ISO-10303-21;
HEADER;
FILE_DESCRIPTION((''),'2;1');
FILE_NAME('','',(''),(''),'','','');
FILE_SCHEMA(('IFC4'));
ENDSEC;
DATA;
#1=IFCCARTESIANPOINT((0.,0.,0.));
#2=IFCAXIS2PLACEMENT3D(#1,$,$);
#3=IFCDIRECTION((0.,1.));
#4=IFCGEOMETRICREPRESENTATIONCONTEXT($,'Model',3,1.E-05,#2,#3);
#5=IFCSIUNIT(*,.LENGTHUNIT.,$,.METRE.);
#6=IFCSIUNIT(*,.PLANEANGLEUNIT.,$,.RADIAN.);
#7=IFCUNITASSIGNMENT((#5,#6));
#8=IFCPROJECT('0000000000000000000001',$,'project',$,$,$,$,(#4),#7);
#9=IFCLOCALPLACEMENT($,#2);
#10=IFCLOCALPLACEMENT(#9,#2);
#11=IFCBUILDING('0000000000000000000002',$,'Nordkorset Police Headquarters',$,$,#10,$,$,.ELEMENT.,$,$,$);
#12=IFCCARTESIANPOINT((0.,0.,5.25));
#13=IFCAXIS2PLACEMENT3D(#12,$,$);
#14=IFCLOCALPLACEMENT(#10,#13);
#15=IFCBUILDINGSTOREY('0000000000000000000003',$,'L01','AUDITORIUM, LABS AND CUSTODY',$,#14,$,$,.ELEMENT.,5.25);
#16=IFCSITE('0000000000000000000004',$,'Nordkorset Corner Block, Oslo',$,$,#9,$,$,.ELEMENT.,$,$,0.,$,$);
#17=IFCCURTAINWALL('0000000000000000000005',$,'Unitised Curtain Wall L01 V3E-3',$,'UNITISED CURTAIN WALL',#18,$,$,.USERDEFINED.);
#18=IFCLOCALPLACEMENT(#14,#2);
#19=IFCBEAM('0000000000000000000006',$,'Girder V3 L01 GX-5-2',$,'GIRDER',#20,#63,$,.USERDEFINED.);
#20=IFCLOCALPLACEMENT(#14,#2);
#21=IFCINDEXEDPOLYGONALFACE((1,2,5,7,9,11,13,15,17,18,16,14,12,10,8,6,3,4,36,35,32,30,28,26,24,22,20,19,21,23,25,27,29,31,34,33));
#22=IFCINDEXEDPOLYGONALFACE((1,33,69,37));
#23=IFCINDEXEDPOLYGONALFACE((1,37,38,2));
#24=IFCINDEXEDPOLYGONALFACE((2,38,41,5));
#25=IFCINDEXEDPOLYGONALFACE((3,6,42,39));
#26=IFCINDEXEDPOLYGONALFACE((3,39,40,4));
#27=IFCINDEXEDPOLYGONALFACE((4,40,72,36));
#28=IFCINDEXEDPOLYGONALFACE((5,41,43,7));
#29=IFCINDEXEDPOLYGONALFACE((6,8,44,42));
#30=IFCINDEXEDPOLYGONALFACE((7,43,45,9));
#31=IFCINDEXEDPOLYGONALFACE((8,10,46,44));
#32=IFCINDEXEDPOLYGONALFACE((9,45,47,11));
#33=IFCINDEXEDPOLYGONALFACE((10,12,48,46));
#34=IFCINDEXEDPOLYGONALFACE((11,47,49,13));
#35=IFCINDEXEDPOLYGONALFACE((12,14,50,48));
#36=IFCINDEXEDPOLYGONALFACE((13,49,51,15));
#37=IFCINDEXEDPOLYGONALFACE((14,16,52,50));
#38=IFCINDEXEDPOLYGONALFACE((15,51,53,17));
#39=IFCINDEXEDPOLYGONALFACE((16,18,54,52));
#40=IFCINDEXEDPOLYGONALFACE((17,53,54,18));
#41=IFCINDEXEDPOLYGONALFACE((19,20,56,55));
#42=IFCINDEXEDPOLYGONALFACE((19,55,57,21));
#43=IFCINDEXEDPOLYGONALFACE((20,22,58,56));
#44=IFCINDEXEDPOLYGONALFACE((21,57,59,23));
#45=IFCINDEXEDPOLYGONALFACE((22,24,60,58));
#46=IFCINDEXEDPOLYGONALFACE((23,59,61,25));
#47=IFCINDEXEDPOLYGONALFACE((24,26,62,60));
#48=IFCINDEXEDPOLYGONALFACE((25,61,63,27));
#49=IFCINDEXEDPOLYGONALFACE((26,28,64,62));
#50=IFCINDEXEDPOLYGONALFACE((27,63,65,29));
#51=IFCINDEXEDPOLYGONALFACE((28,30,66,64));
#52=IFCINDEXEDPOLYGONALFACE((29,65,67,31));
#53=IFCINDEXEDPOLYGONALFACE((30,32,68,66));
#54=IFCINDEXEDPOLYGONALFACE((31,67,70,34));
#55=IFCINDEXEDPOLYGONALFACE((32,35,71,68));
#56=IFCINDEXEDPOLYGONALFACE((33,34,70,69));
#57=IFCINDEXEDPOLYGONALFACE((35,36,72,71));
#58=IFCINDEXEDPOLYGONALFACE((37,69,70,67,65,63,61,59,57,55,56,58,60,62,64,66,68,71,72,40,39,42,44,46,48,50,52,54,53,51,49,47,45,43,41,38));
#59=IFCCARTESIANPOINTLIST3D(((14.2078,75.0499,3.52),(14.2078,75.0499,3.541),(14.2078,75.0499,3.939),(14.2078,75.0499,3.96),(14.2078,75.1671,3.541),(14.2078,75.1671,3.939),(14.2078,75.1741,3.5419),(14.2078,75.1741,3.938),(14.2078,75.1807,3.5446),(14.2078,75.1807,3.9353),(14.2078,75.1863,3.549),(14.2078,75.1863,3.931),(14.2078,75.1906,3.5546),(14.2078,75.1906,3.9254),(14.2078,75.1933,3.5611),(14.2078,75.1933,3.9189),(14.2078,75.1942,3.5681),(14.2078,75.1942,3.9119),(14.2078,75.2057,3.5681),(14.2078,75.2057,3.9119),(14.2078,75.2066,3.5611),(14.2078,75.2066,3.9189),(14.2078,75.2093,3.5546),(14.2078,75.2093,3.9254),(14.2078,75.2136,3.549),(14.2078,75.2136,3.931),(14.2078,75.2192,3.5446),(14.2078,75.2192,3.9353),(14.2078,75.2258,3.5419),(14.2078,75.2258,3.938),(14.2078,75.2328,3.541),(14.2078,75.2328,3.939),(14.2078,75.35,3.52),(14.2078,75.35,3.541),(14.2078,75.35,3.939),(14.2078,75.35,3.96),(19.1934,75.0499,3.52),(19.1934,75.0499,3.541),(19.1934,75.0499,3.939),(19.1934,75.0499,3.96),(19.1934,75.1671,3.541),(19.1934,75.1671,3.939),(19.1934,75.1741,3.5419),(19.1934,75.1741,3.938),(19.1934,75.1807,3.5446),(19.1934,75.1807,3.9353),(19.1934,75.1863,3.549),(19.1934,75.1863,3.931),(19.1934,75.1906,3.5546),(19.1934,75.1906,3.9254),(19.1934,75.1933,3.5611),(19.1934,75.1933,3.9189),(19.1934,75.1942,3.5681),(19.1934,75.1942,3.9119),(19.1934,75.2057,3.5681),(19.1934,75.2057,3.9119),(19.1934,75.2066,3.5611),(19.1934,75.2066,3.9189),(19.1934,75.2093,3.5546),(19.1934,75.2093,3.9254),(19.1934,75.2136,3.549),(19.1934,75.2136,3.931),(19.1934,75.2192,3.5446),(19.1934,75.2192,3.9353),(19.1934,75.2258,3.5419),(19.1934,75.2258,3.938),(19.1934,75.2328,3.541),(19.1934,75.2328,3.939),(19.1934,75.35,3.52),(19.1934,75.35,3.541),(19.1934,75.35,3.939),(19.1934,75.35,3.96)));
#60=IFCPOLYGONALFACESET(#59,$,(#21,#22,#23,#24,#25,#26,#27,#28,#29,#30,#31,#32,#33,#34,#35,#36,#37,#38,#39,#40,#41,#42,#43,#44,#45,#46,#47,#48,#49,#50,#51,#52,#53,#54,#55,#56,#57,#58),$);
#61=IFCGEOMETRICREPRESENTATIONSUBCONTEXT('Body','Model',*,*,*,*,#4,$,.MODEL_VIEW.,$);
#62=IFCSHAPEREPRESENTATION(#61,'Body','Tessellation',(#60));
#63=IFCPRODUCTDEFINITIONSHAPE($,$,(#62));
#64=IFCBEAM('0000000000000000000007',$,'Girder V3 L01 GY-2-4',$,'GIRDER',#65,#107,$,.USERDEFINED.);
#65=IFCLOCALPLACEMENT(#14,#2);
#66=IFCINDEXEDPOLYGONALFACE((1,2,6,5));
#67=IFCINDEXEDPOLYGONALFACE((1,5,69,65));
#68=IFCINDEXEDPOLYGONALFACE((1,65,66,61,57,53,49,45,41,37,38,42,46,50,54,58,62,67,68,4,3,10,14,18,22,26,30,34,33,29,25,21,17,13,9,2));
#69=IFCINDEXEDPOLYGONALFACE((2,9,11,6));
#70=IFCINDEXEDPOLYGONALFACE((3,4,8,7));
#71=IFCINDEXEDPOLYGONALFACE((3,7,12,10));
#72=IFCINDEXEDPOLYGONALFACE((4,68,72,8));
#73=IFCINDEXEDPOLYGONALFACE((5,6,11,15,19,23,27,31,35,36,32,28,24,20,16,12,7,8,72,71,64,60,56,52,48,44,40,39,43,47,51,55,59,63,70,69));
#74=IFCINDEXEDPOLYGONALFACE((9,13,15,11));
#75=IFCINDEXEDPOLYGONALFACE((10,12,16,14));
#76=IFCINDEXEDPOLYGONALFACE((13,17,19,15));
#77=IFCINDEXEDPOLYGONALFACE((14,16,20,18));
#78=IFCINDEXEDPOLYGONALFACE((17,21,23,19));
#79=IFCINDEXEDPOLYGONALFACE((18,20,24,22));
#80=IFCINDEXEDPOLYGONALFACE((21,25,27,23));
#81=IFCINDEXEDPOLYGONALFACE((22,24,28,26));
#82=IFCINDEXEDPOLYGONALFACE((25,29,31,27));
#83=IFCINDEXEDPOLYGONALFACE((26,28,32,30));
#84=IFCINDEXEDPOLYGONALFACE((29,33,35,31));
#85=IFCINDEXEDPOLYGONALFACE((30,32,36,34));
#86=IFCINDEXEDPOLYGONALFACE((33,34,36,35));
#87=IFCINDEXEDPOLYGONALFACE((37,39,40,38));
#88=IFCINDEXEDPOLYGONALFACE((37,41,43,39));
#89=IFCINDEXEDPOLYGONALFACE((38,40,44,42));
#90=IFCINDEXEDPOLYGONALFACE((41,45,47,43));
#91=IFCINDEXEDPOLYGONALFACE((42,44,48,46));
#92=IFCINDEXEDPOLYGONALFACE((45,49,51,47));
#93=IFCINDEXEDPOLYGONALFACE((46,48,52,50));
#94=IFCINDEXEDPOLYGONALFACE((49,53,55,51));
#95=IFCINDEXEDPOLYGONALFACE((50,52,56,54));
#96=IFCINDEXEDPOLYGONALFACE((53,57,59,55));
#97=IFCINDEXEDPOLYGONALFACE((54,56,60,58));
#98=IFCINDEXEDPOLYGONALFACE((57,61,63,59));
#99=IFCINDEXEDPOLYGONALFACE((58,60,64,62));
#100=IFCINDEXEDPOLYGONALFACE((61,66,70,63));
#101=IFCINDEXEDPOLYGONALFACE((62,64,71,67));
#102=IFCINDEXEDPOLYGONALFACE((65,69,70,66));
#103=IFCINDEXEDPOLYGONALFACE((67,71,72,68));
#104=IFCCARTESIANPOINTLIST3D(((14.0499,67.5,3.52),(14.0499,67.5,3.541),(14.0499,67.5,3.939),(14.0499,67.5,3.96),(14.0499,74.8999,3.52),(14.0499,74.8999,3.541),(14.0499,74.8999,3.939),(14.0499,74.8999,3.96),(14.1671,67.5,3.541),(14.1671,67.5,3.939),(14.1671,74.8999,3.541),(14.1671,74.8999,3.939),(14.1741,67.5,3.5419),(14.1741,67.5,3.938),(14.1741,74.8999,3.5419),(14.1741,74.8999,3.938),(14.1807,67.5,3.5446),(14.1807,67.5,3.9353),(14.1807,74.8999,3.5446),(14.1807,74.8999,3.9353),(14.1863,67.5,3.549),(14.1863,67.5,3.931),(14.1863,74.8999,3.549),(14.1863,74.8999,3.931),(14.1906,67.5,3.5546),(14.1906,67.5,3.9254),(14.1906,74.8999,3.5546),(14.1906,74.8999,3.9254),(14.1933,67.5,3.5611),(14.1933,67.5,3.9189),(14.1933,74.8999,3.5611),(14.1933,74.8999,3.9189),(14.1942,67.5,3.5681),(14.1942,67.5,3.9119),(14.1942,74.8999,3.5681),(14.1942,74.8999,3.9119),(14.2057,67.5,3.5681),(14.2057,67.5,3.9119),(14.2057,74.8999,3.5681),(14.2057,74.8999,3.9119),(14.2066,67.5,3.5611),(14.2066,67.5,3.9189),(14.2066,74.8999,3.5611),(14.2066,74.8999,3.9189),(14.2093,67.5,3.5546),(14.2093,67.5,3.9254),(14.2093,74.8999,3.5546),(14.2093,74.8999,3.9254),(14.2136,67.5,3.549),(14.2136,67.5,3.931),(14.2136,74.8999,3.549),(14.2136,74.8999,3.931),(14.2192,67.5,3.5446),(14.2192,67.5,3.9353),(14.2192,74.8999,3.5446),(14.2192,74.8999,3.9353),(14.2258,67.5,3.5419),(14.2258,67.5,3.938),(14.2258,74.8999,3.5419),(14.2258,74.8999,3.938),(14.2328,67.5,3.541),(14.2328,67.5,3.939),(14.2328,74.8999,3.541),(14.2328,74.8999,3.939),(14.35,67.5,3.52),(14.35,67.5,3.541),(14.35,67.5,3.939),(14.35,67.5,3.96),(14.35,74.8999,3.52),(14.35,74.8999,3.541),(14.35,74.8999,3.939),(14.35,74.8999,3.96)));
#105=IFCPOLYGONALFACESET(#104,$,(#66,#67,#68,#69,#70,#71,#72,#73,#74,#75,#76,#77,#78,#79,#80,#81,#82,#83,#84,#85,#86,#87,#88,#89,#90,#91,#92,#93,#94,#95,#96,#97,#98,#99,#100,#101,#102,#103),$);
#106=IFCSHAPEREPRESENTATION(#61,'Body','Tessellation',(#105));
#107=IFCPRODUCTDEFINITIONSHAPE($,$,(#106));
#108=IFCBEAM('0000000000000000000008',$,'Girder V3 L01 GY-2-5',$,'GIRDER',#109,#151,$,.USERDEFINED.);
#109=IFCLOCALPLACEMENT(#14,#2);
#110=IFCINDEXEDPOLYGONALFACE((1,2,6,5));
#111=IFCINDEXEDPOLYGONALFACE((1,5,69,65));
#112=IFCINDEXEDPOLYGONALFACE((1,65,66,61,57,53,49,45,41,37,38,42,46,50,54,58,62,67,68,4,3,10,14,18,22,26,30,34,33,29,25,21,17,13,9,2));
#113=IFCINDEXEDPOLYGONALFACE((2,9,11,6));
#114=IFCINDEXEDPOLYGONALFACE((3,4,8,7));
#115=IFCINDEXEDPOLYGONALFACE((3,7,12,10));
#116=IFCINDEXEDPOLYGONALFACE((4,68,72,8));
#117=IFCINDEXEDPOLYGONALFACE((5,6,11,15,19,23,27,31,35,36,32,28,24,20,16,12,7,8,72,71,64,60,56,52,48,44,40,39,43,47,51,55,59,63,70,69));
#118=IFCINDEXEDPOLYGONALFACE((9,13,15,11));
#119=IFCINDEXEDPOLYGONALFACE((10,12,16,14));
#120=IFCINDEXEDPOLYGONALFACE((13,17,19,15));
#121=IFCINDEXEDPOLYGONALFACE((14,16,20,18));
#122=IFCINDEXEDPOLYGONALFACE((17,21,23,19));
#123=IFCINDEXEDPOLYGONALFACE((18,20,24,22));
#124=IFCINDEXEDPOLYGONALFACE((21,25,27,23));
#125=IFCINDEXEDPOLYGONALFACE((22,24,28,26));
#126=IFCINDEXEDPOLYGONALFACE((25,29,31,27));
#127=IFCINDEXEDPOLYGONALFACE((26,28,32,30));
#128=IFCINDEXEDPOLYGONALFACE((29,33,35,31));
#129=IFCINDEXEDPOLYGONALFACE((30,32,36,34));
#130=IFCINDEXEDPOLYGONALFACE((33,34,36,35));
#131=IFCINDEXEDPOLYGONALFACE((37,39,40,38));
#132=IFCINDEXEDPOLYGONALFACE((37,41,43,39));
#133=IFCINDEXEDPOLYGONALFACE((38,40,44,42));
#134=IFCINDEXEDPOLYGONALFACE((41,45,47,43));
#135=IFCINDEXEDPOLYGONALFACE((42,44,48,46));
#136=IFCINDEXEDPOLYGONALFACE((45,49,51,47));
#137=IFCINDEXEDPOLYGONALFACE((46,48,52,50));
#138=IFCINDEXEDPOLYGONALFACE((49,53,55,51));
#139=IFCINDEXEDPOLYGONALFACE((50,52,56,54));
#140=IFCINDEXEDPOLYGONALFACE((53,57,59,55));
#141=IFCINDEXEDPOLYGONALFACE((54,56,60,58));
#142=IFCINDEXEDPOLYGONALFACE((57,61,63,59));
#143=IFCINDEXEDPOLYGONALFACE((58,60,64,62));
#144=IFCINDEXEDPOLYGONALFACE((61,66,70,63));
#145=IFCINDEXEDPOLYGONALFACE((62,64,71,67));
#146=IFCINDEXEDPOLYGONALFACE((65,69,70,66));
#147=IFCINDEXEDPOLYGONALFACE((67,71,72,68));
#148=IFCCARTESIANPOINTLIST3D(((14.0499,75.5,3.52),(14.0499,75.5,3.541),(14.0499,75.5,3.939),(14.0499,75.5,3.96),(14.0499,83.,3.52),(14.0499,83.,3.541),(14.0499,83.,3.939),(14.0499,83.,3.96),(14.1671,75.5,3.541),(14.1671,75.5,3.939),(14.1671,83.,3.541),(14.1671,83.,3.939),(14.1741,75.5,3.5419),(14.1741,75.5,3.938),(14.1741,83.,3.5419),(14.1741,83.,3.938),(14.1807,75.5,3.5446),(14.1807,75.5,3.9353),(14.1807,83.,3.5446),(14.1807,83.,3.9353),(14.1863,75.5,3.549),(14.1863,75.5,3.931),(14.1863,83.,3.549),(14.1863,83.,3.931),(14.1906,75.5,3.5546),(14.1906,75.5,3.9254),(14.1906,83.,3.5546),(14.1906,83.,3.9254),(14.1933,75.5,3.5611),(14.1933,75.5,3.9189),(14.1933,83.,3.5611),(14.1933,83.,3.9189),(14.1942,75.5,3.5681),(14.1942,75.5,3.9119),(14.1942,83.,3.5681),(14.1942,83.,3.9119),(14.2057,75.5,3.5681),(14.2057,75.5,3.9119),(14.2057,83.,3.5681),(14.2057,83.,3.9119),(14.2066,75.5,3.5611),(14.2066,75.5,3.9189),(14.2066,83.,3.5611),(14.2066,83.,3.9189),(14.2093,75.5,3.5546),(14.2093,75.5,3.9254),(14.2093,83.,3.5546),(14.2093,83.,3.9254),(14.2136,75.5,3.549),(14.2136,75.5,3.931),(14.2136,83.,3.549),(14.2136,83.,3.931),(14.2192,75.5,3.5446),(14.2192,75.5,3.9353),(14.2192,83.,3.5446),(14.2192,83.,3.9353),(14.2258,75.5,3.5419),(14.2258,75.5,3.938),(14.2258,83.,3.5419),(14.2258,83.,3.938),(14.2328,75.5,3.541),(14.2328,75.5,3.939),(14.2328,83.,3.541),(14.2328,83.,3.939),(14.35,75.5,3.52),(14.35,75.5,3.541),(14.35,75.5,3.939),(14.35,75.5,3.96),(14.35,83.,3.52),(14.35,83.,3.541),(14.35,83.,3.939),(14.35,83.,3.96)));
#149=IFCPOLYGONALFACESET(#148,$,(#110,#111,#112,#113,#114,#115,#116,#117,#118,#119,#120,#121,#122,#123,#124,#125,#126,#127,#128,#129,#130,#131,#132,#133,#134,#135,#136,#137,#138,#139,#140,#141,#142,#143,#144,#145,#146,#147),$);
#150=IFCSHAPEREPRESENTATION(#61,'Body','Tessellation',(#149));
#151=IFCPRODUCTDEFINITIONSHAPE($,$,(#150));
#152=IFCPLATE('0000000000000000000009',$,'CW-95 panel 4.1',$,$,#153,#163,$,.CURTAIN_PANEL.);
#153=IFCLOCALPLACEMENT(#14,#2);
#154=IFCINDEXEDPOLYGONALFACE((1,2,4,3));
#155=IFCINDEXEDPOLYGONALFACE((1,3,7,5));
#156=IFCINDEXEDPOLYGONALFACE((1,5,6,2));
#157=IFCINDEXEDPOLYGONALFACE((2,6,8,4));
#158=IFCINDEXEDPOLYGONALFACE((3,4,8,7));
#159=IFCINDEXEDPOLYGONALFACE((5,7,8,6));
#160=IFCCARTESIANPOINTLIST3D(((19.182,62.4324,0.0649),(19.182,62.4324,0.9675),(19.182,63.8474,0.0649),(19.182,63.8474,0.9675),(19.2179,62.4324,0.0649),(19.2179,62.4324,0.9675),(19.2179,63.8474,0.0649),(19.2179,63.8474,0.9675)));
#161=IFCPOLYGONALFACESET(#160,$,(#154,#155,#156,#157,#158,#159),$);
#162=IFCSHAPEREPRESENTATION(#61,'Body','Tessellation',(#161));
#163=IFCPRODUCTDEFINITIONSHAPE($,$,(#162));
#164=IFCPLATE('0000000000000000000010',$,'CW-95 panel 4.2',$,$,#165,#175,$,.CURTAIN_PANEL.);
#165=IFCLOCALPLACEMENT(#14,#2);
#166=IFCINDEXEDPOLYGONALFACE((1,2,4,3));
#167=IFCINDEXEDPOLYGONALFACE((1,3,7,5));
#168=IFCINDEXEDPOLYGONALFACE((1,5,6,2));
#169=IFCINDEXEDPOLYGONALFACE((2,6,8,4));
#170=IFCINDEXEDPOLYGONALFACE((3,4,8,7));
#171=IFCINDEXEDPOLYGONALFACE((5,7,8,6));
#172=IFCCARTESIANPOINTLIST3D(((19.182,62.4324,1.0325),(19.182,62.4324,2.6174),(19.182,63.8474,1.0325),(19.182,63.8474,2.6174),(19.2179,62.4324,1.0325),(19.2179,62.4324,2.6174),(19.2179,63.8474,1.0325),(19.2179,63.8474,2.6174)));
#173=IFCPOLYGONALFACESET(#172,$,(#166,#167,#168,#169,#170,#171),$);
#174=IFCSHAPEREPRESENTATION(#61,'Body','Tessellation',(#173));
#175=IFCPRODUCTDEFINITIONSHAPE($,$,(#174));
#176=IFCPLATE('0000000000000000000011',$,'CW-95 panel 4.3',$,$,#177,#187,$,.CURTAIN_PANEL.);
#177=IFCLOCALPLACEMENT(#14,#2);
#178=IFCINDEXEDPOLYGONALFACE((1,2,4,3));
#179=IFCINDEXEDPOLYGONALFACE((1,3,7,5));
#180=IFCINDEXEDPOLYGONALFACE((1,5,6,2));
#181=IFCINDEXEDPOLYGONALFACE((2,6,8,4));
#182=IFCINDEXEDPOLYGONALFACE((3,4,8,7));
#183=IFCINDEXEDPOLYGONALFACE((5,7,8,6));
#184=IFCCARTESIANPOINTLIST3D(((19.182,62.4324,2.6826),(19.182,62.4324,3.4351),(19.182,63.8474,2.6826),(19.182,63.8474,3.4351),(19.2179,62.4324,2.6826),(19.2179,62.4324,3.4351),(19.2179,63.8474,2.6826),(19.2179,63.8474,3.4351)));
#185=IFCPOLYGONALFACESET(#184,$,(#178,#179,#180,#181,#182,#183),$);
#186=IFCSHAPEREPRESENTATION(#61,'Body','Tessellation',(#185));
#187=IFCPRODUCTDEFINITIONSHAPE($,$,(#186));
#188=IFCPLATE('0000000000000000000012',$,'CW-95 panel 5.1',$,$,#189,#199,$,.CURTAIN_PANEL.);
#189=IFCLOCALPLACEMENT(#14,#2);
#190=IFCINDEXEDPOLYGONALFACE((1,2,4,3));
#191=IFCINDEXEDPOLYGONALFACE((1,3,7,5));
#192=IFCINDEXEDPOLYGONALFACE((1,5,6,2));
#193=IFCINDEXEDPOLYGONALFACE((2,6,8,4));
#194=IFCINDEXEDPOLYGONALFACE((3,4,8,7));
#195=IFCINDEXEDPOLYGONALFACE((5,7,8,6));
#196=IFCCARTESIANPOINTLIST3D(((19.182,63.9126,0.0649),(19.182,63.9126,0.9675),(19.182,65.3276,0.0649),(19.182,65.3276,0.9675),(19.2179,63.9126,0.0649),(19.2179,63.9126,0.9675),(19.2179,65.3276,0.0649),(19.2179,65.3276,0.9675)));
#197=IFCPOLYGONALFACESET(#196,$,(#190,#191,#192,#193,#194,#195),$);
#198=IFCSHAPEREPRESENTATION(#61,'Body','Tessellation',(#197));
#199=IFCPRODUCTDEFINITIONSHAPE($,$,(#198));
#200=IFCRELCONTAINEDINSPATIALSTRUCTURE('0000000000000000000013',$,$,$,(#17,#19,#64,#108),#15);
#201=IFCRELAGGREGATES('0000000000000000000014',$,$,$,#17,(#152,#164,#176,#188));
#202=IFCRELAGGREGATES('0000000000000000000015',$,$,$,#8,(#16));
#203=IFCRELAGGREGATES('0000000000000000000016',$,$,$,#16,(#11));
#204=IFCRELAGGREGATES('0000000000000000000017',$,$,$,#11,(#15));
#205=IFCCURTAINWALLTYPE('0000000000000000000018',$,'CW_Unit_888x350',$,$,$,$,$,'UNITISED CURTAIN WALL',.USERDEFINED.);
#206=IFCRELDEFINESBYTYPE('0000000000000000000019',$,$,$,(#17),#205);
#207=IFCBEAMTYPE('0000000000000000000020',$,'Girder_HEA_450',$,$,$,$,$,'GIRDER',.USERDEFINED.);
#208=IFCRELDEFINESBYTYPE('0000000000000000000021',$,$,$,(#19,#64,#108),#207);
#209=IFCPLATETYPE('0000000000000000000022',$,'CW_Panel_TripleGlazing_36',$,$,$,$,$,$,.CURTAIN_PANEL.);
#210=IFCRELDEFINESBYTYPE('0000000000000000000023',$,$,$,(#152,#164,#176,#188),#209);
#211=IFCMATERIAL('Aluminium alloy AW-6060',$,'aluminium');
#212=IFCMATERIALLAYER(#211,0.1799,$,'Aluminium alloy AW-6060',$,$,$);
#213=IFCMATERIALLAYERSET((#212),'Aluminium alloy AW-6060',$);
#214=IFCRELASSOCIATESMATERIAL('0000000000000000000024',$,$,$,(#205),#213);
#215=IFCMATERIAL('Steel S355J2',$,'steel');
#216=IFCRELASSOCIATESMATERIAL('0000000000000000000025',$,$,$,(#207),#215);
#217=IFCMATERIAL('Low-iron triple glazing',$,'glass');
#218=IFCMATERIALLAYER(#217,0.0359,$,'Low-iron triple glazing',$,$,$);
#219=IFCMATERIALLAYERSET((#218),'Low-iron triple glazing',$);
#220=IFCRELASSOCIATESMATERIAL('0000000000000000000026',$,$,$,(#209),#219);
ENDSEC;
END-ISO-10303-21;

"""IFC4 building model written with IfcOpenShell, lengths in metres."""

from ifc_helpers import new_model, si_unit, direction, frame, origin, origin_2d, place, context, subcontext, project, spatial, rectangle, i_section, extrude, material, layer, layer_set, material_profile, profile_set, type_object, element, aggregate, save


model = new_model("IFC4")

# Units and contexts
model_context = context("Model", 3, precision=1e-05, world=origin(), true_north=direction((0.0, 1.0)))
body_context = subcontext(model_context, "Body", "Model", "MODEL_VIEW")
ifc_project = project(units=[si_unit("LENGTHUNIT", "METRE"), si_unit("PLANEANGLEUNIT", "RADIAN")], contexts=[model_context])

# Site, building, storey
site_placement = place(None, origin())
site = spatial("IfcSite", under=ifc_project, at=site_placement, Name="Nordkorset Corner Block, Oslo", CompositionType="ELEMENT", RefElevation=0.0)
building_placement = place(site_placement, origin())
building = spatial("IfcBuilding", under=site, at=building_placement, Name="Nordkorset Police Headquarters", CompositionType="ELEMENT")
storey_placement = place(building_placement, frame((0.0, 0.0, 5.25)))
storey = spatial("IfcBuildingStorey", under=building, at=storey_placement, Name="L01", Description="AUDITORIUM, LABS AND CUSTODY", CompositionType="ELEMENT", Elevation=5.25)

# Curtain wall
ifc_material_1 = material(Name="Aluminium alloy AW-6060", Category="aluminium")
ifc_layer_1 = layer(ifc_material_1, 0.1799, Name="Aluminium alloy AW-6060")
ifc_layer_set_1 = layer_set([ifc_layer_1], Name="Aluminium alloy AW-6060")
curtain_wall_type = type_object("IfcCurtainWallType", Name="CW_Unit_888x350", ElementType="UNITISED CURTAIN WALL", PredefinedType="USERDEFINED", material=ifc_layer_set_1)
curtain_wall_placement = place(storey_placement, origin())
curtain_wall = element("IfcCurtainWall", 1, at=curtain_wall_placement, inside=storey, type_object=curtain_wall_type, Name="Unitised Curtain Wall L01 V3E-3", ObjectType="UNITISED CURTAIN WALL", PredefinedType="USERDEFINED")

# Beams
ifc_material_2 = material(Name="Steel S355J2", Category="steel")
ifc_material_profile_1 = material_profile(ifc_material_2, i_section(OverallWidth=0.3, OverallDepth=0.4399, WebThickness=0.0115, FlangeThickness=0.021, FilletRadius=0.0271, at=origin_2d()), Name="HEA 450")
ifc_profile_set_1 = profile_set([ifc_material_profile_1], Name="Steel S355J2")
beam_type_1 = type_object("IfcBeamType", Name="Girder_HEA_450", ElementType="GIRDER", PredefinedType="USERDEFINED", material=ifc_profile_set_1)
for number, where, z_axis, x_axis, name in (
    (2, (14.2078, 75.2, 3.74), (1.0, 0.0, 0.0), (0.0, 1.0, 0.0), "Girder V3 L01 GX-5-2"),
):
    element("IfcBeam", number, at=place(storey_placement, frame(where, z_axis=z_axis, x_axis=x_axis)), inside=storey, type_object=beam_type_1, Name=name, ObjectType="GIRDER", PredefinedType="USERDEFINED", context=body_context, shape_type="SweptSolid", body=[
        extrude(i_section(OverallWidth=0.3, OverallDepth=0.4399, WebThickness=0.0115, FlangeThickness=0.021, FilletRadius=0.0271, at=origin_2d()), origin(), (0.0, 0.0, 1.0), 4.9856),
    ])
beam_1_placement = place(storey_placement, frame((14.2, 67.5, 3.74), z_axis=(0.0, 1.0, 0.0), x_axis=(-1.0, 0.0, 0.0)))
element("IfcBeam", 3, at=beam_1_placement, inside=storey, type_object=beam_type_1, Name="Girder V3 L01 GY-2-4", ObjectType="GIRDER", PredefinedType="USERDEFINED", context=body_context, shape_type="SweptSolid", body=[
    extrude(i_section(OverallWidth=0.3, OverallDepth=0.4399, WebThickness=0.0115, FlangeThickness=0.021, FilletRadius=0.0271, at=origin_2d()), origin(), (0.0, 0.0, 1.0), 7.3999),
])
beam_2_placement = place(storey_placement, frame((14.2, 75.5, 3.74), z_axis=(0.0, 1.0, 0.0), x_axis=(-1.0, 0.0, 0.0)))
element("IfcBeam", 4, at=beam_2_placement, inside=storey, type_object=beam_type_1, Name="Girder V3 L01 GY-2-5", ObjectType="GIRDER", PredefinedType="USERDEFINED", context=body_context, shape_type="SweptSolid", body=[
    extrude(i_section(OverallWidth=0.3, OverallDepth=0.4399, WebThickness=0.0115, FlangeThickness=0.021, FilletRadius=0.0271, at=origin_2d()), origin(), (0.0, 0.0, 1.0), 7.5),
])

# Plates
ifc_material_3 = material(Name="Low-iron triple glazing", Category="glass")
ifc_layer_2 = layer(ifc_material_3, 0.0359, Name="Low-iron triple glazing")
ifc_layer_set_2 = layer_set([ifc_layer_2], Name="Low-iron triple glazing")
plate_type = type_object("IfcPlateType", Name="CW_Panel_TripleGlazing_36", PredefinedType="CURTAIN_PANEL", material=ifc_layer_set_2)
plate_1_placement = place(storey_placement, frame((19.2, 63.1399, 0.0649), z_axis=(0.0, 0.0, 1.0), x_axis=(0.0, 1.0, 0.0)))
plate_1 = element("IfcPlate", 5, at=plate_1_placement, type_object=plate_type, Name="CW-95 panel 4.1", PredefinedType="CURTAIN_PANEL", context=body_context, shape_type="SweptSolid", body=[
    extrude(rectangle(XDim=1.415, YDim=0.0359, at=origin_2d()), origin(), (0.0, 0.0, 1.0), 0.9026),
])
plate_2_placement = place(storey_placement, frame((19.2, 63.1399, 1.0325), z_axis=(0.0, 0.0, 1.0), x_axis=(0.0, 1.0, 0.0)))
plate_2 = element("IfcPlate", 6, at=plate_2_placement, type_object=plate_type, Name="CW-95 panel 4.2", PredefinedType="CURTAIN_PANEL", context=body_context, shape_type="SweptSolid", body=[
    extrude(rectangle(XDim=1.415, YDim=0.0359, at=origin_2d()), origin(), (0.0, 0.0, 1.0), 1.585),
])
plate_3_placement = place(storey_placement, frame((19.2, 63.1399, 2.6826), z_axis=(0.0, 0.0, 1.0), x_axis=(0.0, 1.0, 0.0)))
plate_3 = element("IfcPlate", 7, at=plate_3_placement, type_object=plate_type, Name="CW-95 panel 4.3", PredefinedType="CURTAIN_PANEL", context=body_context, shape_type="SweptSolid", body=[
    extrude(rectangle(XDim=1.415, YDim=0.0359, at=origin_2d()), origin(), (0.0, 0.0, 1.0), 0.7524),
])
plate_4_placement = place(storey_placement, frame((19.2, 64.6201, 0.0649), z_axis=(0.0, 0.0, 1.0), x_axis=(0.0, 1.0, 0.0)))
plate_4 = element("IfcPlate", 8, at=plate_4_placement, type_object=plate_type, Name="CW-95 panel 5.1", PredefinedType="CURTAIN_PANEL", context=body_context, shape_type="SweptSolid", body=[
    extrude(rectangle(XDim=1.415, YDim=0.0359, at=origin_2d()), origin(), (0.0, 0.0, 1.0), 0.9026),
])
aggregate(curtain_wall, [plate_1, plate_2, plate_3, plate_4])

save(model, "model.ifc")
